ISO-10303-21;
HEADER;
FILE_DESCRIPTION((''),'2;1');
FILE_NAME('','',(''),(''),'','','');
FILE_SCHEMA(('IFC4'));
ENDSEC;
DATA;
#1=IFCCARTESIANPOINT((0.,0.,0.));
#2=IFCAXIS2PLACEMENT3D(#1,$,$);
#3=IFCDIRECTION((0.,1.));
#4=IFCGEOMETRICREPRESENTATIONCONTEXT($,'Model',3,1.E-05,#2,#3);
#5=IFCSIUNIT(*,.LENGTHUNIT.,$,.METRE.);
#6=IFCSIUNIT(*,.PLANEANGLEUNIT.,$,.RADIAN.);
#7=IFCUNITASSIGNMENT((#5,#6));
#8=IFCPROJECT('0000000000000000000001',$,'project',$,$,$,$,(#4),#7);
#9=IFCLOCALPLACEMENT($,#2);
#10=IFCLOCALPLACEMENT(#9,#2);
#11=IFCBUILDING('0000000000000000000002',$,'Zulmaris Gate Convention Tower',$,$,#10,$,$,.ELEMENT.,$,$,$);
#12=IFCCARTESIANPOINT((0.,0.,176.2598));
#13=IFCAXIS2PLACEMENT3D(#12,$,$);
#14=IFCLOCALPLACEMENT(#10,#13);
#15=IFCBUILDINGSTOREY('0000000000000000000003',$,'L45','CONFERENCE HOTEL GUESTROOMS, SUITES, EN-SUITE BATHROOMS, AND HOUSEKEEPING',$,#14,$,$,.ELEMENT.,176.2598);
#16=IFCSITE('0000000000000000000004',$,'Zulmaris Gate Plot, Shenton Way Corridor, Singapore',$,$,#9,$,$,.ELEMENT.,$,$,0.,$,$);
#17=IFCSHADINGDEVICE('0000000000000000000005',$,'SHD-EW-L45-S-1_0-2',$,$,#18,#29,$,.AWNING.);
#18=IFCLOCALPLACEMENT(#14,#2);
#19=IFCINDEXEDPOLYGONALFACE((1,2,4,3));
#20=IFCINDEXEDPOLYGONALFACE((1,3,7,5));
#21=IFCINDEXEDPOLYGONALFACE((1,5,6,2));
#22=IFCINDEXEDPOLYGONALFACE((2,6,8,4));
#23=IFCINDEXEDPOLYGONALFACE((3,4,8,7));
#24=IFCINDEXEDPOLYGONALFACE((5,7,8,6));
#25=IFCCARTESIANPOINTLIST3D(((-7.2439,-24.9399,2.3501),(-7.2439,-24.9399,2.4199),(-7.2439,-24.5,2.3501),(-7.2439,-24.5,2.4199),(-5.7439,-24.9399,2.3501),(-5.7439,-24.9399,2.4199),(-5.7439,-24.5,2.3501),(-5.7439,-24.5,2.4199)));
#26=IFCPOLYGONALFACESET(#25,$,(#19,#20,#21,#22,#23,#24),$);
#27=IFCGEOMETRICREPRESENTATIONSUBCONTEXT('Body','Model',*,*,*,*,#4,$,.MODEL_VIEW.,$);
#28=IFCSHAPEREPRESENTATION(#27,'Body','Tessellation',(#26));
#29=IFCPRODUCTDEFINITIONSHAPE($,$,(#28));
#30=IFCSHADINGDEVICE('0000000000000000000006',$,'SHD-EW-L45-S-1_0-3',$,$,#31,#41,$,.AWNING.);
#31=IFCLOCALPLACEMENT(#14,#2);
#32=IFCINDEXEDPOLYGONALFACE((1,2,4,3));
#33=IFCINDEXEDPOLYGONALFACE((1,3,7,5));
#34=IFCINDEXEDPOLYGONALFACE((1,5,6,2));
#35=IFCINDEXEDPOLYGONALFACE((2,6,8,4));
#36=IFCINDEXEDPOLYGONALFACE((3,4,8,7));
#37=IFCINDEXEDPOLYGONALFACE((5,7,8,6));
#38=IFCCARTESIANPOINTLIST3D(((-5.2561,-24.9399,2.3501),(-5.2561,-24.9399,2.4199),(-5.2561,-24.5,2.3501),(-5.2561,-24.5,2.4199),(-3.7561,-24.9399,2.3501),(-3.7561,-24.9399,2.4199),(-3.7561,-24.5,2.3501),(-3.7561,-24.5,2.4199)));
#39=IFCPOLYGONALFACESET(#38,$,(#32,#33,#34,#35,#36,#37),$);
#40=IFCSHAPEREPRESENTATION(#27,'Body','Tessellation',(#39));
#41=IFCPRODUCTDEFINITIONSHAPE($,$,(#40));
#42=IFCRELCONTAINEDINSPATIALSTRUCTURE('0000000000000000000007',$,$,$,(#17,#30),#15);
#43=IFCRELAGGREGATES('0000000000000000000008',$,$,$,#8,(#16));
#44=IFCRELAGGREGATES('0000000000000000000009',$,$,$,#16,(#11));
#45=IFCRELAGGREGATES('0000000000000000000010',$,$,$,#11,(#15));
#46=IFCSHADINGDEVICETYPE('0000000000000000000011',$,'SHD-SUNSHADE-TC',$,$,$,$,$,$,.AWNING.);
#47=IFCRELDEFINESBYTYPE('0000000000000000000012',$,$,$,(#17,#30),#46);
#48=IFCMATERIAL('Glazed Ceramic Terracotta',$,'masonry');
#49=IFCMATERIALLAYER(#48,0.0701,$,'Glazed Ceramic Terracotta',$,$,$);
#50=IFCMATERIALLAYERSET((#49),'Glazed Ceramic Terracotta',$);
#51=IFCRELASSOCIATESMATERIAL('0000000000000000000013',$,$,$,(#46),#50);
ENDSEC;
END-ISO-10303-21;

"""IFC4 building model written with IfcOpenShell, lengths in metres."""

from ifc_helpers import new_model, si_unit, direction, frame, frame_2d, origin, place, context, subcontext, project, spatial, rectangle, extrude, material, layer, layer_set, type_object, element, save


model = new_model("IFC4")

# Units and contexts
model_context = context("Model", 3, precision=1e-05, world=origin(), true_north=direction((0.0, 1.0)))
body_context = subcontext(model_context, "Body", "Model", "MODEL_VIEW")
ifc_project = project(units=[si_unit("LENGTHUNIT", "METRE"), si_unit("PLANEANGLEUNIT", "RADIAN")], contexts=[model_context])

# Site, building, storey
site_placement = place(None, origin())
site = spatial("IfcSite", under=ifc_project, at=site_placement, Name="Zulmaris Gate Plot, Shenton Way Corridor, Singapore", CompositionType="ELEMENT", RefElevation=0.0)
building_placement = place(site_placement, origin())
building = spatial("IfcBuilding", under=site, at=building_placement, Name="Zulmaris Gate Convention Tower", CompositionType="ELEMENT")
storey_placement = place(building_placement, frame((0.0, 0.0, 176.2598)))
storey = spatial("IfcBuildingStorey", under=building, at=storey_placement, Name="L45", Description="CONFERENCE HOTEL GUESTROOMS, SUITES, EN-SUITE BATHROOMS, AND HOUSEKEEPING", CompositionType="ELEMENT", Elevation=176.2598)

# Shading devices
ifc_material_1 = material(Name="Glazed Ceramic Terracotta", Category="masonry")
ifc_layer_1 = layer(ifc_material_1, 0.0701, Name="Glazed Ceramic Terracotta")
ifc_layer_set_1 = layer_set([ifc_layer_1], Name="Glazed Ceramic Terracotta")
shading_device_type = type_object("IfcShadingDeviceType", Name="SHD-SUNSHADE-TC", PredefinedType="AWNING", material=ifc_layer_set_1)
for number, where, z_axis, x_axis, name in (
    (1, (-7.2439, -24.72, 2.3501), (0.0, 0.0, 1.0), (1.0, 0.0, 0.0), "SHD-EW-L45-S-1_0-2"),
    (2, (-5.2561, -24.72, 2.3501), (0.0, 0.0, 1.0), (1.0, 0.0, 0.0), "SHD-EW-L45-S-1_0-3"),
):
    element("IfcShadingDevice", number, at=place(storey_placement, frame(where, z_axis=z_axis, x_axis=x_axis)), inside=storey, type_object=shading_device_type, Name=name, PredefinedType="AWNING", context=body_context, shape_type="SweptSolid", body=[
        extrude(rectangle(XDim=1.5, YDim=0.4399, at=frame_2d((0.75, 0.0))), origin(), (0.0, 0.0, 1.0), 0.0698),
    ])

save(model, "model.ifc")
